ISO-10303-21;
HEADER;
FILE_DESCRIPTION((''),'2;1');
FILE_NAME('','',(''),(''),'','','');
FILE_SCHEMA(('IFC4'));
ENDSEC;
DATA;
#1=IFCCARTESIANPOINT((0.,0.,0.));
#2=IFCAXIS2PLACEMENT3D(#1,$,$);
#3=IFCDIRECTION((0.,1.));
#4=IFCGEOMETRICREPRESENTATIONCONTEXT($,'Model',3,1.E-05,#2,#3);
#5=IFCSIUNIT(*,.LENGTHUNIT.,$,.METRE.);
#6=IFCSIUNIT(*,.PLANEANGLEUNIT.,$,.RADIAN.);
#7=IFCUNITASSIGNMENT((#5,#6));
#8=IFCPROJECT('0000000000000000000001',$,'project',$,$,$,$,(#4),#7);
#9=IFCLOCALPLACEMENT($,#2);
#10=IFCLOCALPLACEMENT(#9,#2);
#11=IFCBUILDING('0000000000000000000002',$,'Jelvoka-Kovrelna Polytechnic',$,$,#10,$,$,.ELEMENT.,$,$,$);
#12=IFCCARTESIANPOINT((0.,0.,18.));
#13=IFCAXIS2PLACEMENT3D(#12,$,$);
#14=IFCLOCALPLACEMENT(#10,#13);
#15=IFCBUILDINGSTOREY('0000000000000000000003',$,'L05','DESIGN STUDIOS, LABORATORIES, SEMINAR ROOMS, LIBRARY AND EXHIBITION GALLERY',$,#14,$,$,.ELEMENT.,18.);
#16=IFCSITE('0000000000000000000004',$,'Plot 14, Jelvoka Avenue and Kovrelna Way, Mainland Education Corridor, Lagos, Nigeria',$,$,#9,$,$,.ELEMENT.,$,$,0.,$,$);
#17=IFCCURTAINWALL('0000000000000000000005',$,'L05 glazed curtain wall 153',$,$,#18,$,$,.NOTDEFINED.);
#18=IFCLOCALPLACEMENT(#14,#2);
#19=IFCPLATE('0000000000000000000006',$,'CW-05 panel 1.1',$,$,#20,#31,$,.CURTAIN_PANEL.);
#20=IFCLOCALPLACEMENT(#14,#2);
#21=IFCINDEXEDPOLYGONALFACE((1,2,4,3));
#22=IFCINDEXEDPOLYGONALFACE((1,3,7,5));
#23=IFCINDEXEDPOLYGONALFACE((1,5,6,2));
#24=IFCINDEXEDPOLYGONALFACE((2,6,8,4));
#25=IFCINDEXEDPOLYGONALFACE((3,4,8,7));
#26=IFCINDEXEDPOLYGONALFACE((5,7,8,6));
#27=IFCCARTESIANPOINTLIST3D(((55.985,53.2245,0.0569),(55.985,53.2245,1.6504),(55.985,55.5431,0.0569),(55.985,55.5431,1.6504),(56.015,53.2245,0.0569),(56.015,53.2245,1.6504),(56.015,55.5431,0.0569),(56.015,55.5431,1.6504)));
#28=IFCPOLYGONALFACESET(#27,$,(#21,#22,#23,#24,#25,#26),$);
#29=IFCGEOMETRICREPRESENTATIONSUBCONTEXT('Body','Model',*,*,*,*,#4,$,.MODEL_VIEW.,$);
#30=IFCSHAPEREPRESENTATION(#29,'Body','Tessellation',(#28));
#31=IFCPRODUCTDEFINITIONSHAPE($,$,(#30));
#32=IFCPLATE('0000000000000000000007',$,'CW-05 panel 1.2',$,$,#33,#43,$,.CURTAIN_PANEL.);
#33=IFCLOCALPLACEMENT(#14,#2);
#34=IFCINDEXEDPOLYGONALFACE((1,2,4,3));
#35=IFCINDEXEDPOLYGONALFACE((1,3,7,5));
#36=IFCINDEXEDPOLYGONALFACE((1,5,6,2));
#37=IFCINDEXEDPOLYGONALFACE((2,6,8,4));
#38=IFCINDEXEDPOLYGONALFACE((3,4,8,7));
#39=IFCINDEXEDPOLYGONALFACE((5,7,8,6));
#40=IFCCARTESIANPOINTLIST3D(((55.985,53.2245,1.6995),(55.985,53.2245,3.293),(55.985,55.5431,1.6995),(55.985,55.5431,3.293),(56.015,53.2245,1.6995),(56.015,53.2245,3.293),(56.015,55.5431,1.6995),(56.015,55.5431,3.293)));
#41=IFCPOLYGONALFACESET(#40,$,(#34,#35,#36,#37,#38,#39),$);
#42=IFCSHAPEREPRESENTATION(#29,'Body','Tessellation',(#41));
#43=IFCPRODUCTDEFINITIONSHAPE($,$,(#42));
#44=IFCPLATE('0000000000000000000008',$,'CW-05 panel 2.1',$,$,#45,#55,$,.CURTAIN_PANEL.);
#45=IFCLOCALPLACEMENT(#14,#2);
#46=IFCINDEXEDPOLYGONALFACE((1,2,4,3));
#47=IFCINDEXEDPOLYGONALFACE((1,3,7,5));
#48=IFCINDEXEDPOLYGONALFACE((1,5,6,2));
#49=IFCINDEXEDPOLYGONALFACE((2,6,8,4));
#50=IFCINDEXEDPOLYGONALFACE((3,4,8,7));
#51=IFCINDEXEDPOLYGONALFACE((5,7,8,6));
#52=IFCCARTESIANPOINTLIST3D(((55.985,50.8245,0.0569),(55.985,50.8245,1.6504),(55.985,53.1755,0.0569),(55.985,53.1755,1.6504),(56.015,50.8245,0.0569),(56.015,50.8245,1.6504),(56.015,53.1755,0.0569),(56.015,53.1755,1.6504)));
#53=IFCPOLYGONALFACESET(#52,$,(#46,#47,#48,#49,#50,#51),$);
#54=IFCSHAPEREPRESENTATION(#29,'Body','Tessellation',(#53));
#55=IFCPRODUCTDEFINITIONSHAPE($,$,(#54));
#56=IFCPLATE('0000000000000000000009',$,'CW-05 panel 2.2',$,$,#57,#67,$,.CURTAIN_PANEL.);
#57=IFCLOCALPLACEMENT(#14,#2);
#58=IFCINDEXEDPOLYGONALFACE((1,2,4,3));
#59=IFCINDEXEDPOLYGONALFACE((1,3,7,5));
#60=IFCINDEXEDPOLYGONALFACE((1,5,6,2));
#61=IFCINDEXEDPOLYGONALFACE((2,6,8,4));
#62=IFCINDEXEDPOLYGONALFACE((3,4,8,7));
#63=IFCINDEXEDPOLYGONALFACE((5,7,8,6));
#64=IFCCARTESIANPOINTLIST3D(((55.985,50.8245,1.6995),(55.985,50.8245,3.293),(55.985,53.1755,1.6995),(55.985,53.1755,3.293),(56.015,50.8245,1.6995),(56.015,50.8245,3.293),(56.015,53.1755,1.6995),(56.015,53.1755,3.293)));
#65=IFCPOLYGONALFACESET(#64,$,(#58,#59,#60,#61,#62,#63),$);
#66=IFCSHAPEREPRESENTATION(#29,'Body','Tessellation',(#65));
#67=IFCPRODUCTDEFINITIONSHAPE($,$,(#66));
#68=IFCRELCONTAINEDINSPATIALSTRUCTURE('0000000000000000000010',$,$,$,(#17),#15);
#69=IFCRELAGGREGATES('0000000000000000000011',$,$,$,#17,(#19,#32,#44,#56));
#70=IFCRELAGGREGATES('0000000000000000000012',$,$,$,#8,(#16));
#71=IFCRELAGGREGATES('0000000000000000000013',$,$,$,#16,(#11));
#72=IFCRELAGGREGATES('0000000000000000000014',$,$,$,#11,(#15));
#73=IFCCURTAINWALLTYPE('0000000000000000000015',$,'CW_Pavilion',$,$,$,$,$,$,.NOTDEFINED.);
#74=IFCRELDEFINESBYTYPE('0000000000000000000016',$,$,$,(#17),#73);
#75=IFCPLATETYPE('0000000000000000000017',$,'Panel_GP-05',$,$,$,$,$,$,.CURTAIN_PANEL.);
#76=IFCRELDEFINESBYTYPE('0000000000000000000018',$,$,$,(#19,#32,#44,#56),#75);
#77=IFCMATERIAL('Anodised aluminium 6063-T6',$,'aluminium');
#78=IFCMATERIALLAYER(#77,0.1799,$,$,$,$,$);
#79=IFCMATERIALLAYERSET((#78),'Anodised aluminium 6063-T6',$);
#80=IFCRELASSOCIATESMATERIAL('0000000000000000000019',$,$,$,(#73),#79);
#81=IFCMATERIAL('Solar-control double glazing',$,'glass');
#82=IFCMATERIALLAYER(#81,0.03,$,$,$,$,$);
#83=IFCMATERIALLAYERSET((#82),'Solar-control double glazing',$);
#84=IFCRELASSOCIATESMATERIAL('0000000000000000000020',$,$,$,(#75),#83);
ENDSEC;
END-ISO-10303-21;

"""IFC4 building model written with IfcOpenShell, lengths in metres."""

from ifc_helpers import new_model, si_unit, direction, frame, origin, origin_2d, place, context, subcontext, project, spatial, rectangle, extrude, material, layer, layer_set, type_object, element, aggregate, save


model = new_model("IFC4")

# Units and contexts
model_context = context("Model", 3, precision=1e-05, world=origin(), true_north=direction((0.0, 1.0)))
body_context = subcontext(model_context, "Body", "Model", "MODEL_VIEW")
ifc_project = project(units=[si_unit("LENGTHUNIT", "METRE"), si_unit("PLANEANGLEUNIT", "RADIAN")], contexts=[model_context])

# Site, building, storey
site_placement = place(None, origin())
site = spatial("IfcSite", under=ifc_project, at=site_placement, Name="Plot 14, Jelvoka Avenue and Kovrelna Way, Mainland Education Corridor, Lagos, Nigeria", CompositionType="ELEMENT", RefElevation=0.0)
building_placement = place(site_placement, origin())
building = spatial("IfcBuilding", under=site, at=building_placement, Name="Jelvoka-Kovrelna Polytechnic", CompositionType="ELEMENT")
storey_placement = place(building_placement, frame((0.0, 0.0, 18.0)))
storey = spatial("IfcBuildingStorey", under=building, at=storey_placement, Name="L05", Description="DESIGN STUDIOS, LABORATORIES, SEMINAR ROOMS, LIBRARY AND EXHIBITION GALLERY", CompositionType="ELEMENT", Elevation=18.0)

# Curtain wall, plates
ifc_material_1 = material(Name="Anodised aluminium 6063-T6", Category="aluminium")
ifc_layer_1 = layer(ifc_material_1, 0.1799)
ifc_layer_set_1 = layer_set([ifc_layer_1], Name="Anodised aluminium 6063-T6")
curtain_wall_type = type_object("IfcCurtainWallType", Name="CW_Pavilion", PredefinedType="NOTDEFINED", material=ifc_layer_set_1)
curtain_wall_placement = place(storey_placement, origin())
curtain_wall = element("IfcCurtainWall", 1, at=curtain_wall_placement, inside=storey, type_object=curtain_wall_type, Name="L05 glazed curtain wall 153", PredefinedType="NOTDEFINED")
ifc_material_2 = material(Name="Solar-control double glazing", Category="glass")
ifc_layer_2 = layer(ifc_material_2, 0.03)
ifc_layer_set_2 = layer_set([ifc_layer_2], Name="Solar-control double glazing")
plate_type = type_object("IfcPlateType", Name="Panel_GP-05", PredefinedType="CURTAIN_PANEL", material=ifc_layer_set_2)
plate_1_placement = place(storey_placement, frame((56.0, 54.3838, 0.0569), z_axis=(0.0, 0.0, 1.0), x_axis=(0.0, -1.0, 0.0)))
plate_1 = element("IfcPlate", 2, at=plate_1_placement, type_object=plate_type, Name="CW-05 panel 1.1", PredefinedType="CURTAIN_PANEL", context=body_context, shape_type="SweptSolid", body=[
    extrude(rectangle(XDim=2.3186, YDim=0.03, at=origin_2d()), origin(), (0.0, 0.0, 1.0), 1.5935),
])
plate_2_placement = place(storey_placement, frame((56.0, 54.3838, 1.6995), z_axis=(0.0, 0.0, 1.0), x_axis=(0.0, -1.0, 0.0)))
plate_2 = element("IfcPlate", 3, at=plate_2_placement, type_object=plate_type, Name="CW-05 panel 1.2", PredefinedType="CURTAIN_PANEL", context=body_context, shape_type="SweptSolid", body=[
    extrude(rectangle(XDim=2.3186, YDim=0.03, at=origin_2d()), origin(), (0.0, 0.0, 1.0), 1.5935),
])
plate_3_placement = place(storey_placement, frame((56.0, 52.0, 0.0569), z_axis=(0.0, 0.0, 1.0), x_axis=(0.0, -1.0, 0.0)))
plate_3 = element("IfcPlate", 4, at=plate_3_placement, type_object=plate_type, Name="CW-05 panel 2.1", PredefinedType="CURTAIN_PANEL", context=body_context, shape_type="SweptSolid", body=[
    extrude(rectangle(XDim=2.3511, YDim=0.03, at=origin_2d()), origin(), (0.0, 0.0, 1.0), 1.5935),
])
plate_4_placement = place(storey_placement, frame((56.0, 52.0, 1.6995), z_axis=(0.0, 0.0, 1.0), x_axis=(0.0, -1.0, 0.0)))
plate_4 = element("IfcPlate", 5, at=plate_4_placement, type_object=plate_type, Name="CW-05 panel 2.2", PredefinedType="CURTAIN_PANEL", context=body_context, shape_type="SweptSolid", body=[
    extrude(rectangle(XDim=2.3511, YDim=0.03, at=origin_2d()), origin(), (0.0, 0.0, 1.0), 1.5935),
])
aggregate(curtain_wall, [plate_1, plate_2, plate_3, plate_4])

save(model, "model.ifc")
